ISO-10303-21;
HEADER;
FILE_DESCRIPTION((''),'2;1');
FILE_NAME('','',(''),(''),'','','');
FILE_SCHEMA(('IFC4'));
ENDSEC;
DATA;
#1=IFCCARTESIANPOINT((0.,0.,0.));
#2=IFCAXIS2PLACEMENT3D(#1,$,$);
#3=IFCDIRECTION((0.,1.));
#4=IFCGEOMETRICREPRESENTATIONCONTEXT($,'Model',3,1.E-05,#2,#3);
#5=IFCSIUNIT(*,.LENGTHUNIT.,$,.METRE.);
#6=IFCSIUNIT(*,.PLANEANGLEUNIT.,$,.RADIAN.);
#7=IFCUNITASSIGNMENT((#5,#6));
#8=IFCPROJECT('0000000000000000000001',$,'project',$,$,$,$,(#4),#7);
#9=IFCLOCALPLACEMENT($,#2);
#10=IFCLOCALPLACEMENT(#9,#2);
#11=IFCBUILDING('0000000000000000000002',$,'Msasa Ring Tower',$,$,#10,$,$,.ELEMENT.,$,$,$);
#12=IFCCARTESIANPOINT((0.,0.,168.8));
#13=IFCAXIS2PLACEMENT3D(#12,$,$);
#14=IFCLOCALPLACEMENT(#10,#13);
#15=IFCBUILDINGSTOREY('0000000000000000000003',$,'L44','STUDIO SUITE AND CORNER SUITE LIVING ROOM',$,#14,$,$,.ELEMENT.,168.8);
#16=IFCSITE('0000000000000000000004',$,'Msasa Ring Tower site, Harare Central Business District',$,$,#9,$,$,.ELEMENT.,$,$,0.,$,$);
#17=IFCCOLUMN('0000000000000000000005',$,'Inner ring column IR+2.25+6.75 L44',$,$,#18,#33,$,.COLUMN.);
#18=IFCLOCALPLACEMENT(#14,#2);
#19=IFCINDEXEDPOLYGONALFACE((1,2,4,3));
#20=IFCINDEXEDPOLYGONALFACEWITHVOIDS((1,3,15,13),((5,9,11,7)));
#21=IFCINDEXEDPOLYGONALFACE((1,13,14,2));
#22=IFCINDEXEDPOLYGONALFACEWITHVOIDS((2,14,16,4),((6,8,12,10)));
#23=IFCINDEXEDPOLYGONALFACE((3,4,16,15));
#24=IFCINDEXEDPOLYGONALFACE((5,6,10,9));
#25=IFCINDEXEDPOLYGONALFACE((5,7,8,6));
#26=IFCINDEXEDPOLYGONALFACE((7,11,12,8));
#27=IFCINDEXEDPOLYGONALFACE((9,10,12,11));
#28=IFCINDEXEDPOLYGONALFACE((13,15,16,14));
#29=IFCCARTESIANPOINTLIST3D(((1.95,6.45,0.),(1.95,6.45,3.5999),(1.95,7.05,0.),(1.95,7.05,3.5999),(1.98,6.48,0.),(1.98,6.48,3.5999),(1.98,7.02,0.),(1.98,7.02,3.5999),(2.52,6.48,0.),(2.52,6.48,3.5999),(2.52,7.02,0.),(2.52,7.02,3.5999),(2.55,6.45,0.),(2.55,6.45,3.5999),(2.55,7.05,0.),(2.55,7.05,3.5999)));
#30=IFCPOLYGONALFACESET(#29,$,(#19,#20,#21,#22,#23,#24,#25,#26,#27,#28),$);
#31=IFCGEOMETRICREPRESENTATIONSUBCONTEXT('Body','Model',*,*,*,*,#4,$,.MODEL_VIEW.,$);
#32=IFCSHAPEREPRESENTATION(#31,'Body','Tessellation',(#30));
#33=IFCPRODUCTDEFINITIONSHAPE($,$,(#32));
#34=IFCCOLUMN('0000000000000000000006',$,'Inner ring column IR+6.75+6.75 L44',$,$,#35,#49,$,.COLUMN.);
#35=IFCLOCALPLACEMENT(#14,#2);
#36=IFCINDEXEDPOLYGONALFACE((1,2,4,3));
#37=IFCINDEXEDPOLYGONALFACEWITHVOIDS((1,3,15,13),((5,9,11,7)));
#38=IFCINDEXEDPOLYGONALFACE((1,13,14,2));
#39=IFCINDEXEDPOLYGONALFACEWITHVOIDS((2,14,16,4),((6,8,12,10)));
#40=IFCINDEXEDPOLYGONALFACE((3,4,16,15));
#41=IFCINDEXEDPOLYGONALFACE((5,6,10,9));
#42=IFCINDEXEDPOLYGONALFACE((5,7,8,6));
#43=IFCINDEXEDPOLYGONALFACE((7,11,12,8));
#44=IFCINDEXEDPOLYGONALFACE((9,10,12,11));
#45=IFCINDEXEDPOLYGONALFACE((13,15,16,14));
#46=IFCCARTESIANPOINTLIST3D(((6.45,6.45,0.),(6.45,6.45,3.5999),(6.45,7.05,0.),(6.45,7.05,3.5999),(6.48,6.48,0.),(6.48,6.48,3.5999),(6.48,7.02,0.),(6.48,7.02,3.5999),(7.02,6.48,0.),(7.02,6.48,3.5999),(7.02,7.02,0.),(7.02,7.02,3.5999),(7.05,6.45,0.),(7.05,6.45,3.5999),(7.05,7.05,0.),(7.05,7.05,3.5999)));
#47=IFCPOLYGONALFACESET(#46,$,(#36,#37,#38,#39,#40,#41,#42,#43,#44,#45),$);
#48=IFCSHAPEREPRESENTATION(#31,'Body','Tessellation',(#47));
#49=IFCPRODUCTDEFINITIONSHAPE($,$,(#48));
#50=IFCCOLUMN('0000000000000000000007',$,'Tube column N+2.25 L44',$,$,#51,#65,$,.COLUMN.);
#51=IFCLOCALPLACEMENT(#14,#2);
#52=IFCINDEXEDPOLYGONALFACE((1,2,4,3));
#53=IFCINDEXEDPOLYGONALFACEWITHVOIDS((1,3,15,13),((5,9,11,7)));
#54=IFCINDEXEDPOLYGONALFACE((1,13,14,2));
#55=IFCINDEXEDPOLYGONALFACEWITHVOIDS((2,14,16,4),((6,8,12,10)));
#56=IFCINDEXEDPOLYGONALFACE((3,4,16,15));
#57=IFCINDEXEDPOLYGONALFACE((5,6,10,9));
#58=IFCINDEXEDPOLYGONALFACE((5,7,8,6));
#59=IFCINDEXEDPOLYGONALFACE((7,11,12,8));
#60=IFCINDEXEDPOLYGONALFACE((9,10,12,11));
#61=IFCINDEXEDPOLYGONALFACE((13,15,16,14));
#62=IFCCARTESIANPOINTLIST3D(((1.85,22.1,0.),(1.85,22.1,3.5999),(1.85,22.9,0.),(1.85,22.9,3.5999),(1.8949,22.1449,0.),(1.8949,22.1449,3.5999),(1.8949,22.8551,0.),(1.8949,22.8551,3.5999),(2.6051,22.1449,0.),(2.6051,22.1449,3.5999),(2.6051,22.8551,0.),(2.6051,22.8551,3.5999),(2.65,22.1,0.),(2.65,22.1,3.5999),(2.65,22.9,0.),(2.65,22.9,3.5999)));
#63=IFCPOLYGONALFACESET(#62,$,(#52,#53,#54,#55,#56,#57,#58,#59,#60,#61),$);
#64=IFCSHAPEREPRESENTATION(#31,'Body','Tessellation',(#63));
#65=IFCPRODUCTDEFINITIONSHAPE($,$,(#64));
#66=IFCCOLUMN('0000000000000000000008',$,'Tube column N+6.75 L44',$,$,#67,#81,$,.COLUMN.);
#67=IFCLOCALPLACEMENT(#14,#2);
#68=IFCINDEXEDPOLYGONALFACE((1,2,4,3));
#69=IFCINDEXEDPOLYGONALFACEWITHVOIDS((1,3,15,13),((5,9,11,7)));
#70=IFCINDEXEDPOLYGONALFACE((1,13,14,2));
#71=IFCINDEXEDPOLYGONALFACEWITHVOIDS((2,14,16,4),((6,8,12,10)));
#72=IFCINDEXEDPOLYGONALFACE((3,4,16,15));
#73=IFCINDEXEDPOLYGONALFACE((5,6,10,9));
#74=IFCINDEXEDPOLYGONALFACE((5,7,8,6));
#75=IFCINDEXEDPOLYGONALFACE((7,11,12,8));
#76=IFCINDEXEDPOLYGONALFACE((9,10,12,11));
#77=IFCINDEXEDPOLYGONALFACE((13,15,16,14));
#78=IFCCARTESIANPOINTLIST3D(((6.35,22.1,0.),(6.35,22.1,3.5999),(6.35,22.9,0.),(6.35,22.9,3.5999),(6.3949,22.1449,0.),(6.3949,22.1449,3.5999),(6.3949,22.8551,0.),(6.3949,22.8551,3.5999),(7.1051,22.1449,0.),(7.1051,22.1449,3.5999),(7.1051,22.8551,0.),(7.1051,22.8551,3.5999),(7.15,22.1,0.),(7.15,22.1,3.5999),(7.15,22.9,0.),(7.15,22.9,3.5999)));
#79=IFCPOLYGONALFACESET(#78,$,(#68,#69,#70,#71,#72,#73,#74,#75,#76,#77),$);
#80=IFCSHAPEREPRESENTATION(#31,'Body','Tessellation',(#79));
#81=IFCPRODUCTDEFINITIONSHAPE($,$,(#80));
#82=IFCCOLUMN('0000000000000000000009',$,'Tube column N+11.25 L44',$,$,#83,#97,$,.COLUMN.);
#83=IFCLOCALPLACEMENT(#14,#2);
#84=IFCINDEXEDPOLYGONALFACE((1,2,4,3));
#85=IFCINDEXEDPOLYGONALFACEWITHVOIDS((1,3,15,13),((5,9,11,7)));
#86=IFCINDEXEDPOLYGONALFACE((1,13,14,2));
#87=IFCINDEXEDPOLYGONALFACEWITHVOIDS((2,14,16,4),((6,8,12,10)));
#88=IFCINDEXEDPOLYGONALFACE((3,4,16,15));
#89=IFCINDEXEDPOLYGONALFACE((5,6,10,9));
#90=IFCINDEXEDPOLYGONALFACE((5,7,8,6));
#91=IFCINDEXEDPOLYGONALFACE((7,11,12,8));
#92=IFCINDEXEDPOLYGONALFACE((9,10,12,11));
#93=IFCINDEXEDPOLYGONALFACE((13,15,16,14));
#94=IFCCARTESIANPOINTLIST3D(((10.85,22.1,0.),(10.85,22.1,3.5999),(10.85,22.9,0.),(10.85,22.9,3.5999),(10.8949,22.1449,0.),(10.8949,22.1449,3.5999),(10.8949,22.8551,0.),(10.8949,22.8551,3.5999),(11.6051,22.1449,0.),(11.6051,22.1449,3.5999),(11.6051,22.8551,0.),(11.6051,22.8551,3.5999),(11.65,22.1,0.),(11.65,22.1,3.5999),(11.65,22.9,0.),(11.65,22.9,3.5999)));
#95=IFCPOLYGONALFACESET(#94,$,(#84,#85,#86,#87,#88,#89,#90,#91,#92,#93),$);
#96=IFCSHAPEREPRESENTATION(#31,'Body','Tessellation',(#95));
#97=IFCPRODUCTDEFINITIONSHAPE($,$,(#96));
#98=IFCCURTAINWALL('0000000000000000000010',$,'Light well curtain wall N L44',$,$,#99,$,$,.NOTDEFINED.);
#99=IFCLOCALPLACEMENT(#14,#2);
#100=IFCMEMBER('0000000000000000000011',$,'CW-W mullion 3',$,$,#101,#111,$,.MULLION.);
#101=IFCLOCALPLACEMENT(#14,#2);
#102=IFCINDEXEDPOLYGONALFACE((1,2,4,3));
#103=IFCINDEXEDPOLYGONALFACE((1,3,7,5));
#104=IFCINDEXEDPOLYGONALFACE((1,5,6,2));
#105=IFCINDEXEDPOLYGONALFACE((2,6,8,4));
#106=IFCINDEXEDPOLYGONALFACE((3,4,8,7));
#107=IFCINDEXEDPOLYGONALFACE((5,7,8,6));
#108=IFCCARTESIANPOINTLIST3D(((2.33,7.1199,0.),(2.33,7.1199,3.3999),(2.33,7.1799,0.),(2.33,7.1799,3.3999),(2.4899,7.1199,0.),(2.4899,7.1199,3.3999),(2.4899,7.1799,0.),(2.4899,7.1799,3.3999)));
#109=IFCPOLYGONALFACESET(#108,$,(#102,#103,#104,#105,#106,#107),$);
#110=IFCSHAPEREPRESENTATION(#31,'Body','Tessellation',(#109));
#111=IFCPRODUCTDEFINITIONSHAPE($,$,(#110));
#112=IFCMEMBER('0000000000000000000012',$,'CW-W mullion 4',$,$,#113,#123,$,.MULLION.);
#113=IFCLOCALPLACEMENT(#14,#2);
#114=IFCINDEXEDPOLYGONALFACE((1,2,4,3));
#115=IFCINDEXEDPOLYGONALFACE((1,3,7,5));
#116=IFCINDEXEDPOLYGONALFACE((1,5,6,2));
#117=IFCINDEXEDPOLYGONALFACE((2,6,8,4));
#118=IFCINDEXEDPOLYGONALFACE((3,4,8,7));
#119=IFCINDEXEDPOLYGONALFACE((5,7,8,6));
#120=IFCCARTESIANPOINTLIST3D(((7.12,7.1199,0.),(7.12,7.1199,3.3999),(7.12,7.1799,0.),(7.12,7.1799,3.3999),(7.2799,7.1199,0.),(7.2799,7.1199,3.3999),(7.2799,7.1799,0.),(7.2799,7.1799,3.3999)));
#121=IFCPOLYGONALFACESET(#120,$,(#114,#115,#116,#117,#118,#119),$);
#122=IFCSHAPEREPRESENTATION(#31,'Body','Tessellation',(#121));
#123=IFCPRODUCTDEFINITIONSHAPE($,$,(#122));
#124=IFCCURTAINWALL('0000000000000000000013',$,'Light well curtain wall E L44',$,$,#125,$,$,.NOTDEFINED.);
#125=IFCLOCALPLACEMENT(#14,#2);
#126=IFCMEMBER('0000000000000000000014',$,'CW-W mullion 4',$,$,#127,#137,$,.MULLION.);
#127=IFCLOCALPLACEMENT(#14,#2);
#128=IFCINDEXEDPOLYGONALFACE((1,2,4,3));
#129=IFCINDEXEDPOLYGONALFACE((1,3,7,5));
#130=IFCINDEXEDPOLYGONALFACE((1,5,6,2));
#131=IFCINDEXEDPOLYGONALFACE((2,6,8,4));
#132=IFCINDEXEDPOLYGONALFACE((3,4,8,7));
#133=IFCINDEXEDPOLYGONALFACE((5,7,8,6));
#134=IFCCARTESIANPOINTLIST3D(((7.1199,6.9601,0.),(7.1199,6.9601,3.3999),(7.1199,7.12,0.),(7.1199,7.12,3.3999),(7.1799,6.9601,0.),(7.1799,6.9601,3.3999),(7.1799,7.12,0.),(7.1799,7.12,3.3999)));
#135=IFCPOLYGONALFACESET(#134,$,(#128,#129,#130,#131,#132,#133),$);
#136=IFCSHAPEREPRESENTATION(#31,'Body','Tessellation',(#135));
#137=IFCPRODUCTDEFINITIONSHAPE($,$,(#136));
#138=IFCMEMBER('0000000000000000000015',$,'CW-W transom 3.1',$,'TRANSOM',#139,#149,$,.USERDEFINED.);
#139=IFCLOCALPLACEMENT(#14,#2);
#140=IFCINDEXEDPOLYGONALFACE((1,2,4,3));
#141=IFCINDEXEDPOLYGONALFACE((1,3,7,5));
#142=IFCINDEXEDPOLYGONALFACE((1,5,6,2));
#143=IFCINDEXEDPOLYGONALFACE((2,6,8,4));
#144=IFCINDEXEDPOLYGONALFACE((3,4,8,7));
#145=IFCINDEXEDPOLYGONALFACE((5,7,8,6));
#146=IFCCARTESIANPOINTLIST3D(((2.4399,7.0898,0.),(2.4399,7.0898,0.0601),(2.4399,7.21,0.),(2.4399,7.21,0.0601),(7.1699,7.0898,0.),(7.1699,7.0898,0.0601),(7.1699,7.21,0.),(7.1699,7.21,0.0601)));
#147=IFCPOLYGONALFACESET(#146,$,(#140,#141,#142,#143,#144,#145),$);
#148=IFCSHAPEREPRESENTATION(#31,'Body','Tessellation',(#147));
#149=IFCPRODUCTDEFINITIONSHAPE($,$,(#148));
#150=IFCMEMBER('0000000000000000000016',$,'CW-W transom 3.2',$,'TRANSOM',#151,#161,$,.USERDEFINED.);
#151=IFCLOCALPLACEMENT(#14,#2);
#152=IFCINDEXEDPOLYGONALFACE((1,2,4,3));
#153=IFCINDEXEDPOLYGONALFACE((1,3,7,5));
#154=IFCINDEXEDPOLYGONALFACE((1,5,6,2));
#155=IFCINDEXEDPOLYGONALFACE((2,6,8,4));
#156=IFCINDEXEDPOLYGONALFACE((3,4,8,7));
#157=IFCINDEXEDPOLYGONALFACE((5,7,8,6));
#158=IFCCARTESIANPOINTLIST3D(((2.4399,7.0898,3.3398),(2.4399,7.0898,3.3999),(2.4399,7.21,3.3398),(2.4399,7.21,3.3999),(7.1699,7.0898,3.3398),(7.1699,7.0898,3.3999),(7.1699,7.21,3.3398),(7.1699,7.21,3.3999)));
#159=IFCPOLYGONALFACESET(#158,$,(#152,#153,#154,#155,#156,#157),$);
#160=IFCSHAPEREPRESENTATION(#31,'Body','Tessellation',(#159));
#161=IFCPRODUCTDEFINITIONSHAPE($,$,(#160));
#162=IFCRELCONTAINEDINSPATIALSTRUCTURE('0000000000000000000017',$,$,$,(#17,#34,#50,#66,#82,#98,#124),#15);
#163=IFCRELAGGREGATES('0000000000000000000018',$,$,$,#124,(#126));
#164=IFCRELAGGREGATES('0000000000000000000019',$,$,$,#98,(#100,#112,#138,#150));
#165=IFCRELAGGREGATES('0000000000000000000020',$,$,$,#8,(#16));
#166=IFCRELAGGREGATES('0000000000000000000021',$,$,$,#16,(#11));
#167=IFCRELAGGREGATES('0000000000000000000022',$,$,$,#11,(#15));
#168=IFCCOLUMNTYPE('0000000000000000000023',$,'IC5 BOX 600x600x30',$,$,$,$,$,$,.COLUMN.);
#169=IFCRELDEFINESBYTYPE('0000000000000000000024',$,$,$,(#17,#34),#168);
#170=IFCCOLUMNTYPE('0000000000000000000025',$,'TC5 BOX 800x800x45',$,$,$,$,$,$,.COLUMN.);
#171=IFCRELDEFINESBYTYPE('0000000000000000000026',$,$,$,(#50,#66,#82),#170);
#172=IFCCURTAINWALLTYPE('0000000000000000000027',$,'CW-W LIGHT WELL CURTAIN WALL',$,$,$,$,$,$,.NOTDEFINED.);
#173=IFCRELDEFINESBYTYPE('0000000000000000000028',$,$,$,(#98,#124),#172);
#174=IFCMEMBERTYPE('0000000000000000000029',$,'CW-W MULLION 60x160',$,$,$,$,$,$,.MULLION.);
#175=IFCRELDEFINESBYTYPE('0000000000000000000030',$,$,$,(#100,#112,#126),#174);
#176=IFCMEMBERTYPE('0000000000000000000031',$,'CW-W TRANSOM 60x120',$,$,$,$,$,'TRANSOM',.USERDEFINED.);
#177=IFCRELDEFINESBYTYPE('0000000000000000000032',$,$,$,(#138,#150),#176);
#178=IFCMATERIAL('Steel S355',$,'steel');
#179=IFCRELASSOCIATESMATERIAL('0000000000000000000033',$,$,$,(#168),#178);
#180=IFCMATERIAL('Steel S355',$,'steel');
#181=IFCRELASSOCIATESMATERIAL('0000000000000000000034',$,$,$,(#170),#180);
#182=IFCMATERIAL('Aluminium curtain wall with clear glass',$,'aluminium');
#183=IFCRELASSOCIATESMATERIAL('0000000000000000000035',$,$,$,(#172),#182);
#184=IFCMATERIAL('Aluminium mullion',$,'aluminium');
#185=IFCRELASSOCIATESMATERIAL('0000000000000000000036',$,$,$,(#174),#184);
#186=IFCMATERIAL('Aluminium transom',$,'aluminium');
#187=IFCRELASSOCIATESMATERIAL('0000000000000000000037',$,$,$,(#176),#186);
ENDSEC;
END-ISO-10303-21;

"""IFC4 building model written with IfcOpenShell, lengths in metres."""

from ifc_helpers import new_model, si_unit, direction, frame, origin, origin_2d, place, context, subcontext, project, spatial, rectangle, hollow_rectangle, extrude, material, material_profile, profile_set, type_object, element, aggregate, save


model = new_model("IFC4")

# Units and contexts
model_context = context("Model", 3, precision=1e-05, world=origin(), true_north=direction((0.0, 1.0)))
body_context = subcontext(model_context, "Body", "Model", "MODEL_VIEW")
ifc_project = project(units=[si_unit("LENGTHUNIT", "METRE"), si_unit("PLANEANGLEUNIT", "RADIAN")], contexts=[model_context])

# Site, building, storey
site_placement = place(None, origin())
site = spatial("IfcSite", under=ifc_project, at=site_placement, Name="Msasa Ring Tower site, Harare Central Business District", CompositionType="ELEMENT", RefElevation=0.0)
building_placement = place(site_placement, origin())
building = spatial("IfcBuilding", under=site, at=building_placement, Name="Msasa Ring Tower", CompositionType="ELEMENT")
storey_placement = place(building_placement, frame((0.0, 0.0, 168.8)))
storey = spatial("IfcBuildingStorey", under=building, at=storey_placement, Name="L44", Description="STUDIO SUITE AND CORNER SUITE LIVING ROOM", CompositionType="ELEMENT", Elevation=168.8)

# Columns
ifc_material_1 = material(Name="Steel S355", Category="steel")
ifc_material_profile_1 = material_profile(ifc_material_1, hollow_rectangle(XDim=0.6001, YDim=0.6001, WallThickness=0.03, at=origin_2d()), Name="BOX 600x600x30")
ifc_profile_set_1 = profile_set([ifc_material_profile_1], Name="Steel S355")
column_type_1 = type_object("IfcColumnType", Name="IC5 BOX 600x600x30", PredefinedType="COLUMN", material=ifc_profile_set_1)
for number, where, z_axis, x_axis, name in (
    (1, (2.25, 6.75, 0.0), (0.0, 0.0, 1.0), (1.0, 0.0, 0.0), "Inner ring column IR+2.25+6.75 L44"),
    (2, (6.75, 6.75, 0.0), (0.0, 0.0, 1.0), (1.0, 0.0, 0.0), "Inner ring column IR+6.75+6.75 L44"),
):
    element("IfcColumn", number, at=place(storey_placement, frame(where, z_axis=z_axis, x_axis=x_axis)), inside=storey, type_object=column_type_1, Name=name, PredefinedType="COLUMN", context=body_context, shape_type="SweptSolid", body=[
        extrude(hollow_rectangle(XDim=0.6001, YDim=0.6001, WallThickness=0.03, at=origin_2d()), origin(), (0.0, 0.0, 1.0), 3.5999),
    ])
ifc_material_2 = material(Name="Steel S355", Category="steel")
ifc_material_profile_2 = material_profile(ifc_material_2, hollow_rectangle(XDim=0.8, YDim=0.8, WallThickness=0.0449, at=origin_2d()), Name="BOX 800x800x45")
ifc_profile_set_2 = profile_set([ifc_material_profile_2], Name="Steel S355")
column_type_2 = type_object("IfcColumnType", Name="TC5 BOX 800x800x45", PredefinedType="COLUMN", material=ifc_profile_set_2)
for number, where, z_axis, x_axis, name in (
    (3, (2.25, 22.5, 0.0), (0.0, 0.0, 1.0), (0.0, 1.0, 0.0), "Tube column N+2.25 L44"),
    (4, (6.75, 22.5, 0.0), (0.0, 0.0, 1.0), (0.0, 1.0, 0.0), "Tube column N+6.75 L44"),
    (5, (11.25, 22.5, 0.0), (0.0, 0.0, 1.0), (0.0, 1.0, 0.0), "Tube column N+11.25 L44"),
):
    element("IfcColumn", number, at=place(storey_placement, frame(where, z_axis=z_axis, x_axis=x_axis)), inside=storey, type_object=column_type_2, Name=name, PredefinedType="COLUMN", context=body_context, shape_type="SweptSolid", body=[
        extrude(hollow_rectangle(XDim=0.8, YDim=0.8, WallThickness=0.0449, at=origin_2d()), origin(), (0.0, 0.0, 1.0), 3.5999),
    ])

# Curtain wall, members
ifc_material_3 = material(Name="Aluminium curtain wall with clear glass", Category="aluminium")
curtain_wall_type = type_object("IfcCurtainWallType", Name="CW-W LIGHT WELL CURTAIN WALL", PredefinedType="NOTDEFINED", material=ifc_material_3)
curtain_wall_1_placement = place(storey_placement, origin())
curtain_wall_1 = element("IfcCurtainWall", 6, at=curtain_wall_1_placement, inside=storey, type_object=curtain_wall_type, Name="Light well curtain wall N L44", PredefinedType="NOTDEFINED")
ifc_material_4 = material(Name="Aluminium mullion", Category="aluminium")
ifc_material_profile_3 = material_profile(ifc_material_4, rectangle(XDim=0.0601, YDim=0.1599, at=origin_2d()), Name="AL 60x160")
ifc_profile_set_3 = profile_set([ifc_material_profile_3], Name="Aluminium mullion")
member_type_1 = type_object("IfcMemberType", Name="CW-W MULLION 60x160", PredefinedType="MULLION", material=ifc_profile_set_3)
member_1_placement = place(storey_placement, frame((2.4099, 7.1499, 0.0), z_axis=(0.0, 0.0, 1.0), x_axis=(0.0, 1.0, 0.0)))
member_1 = element("IfcMember", 7, at=member_1_placement, type_object=member_type_1, Name="CW-W mullion 3", PredefinedType="MULLION", context=body_context, shape_type="SweptSolid", body=[
    extrude(rectangle(XDim=0.0601, YDim=0.1599, at=origin_2d()), origin(), (0.0, 0.0, 1.0), 3.3999),
])
member_2_placement = place(storey_placement, frame((7.2, 7.1499, 0.0), z_axis=(0.0, 0.0, 1.0), x_axis=(0.0, 1.0, 0.0)))
member_2 = element("IfcMember", 8, at=member_2_placement, type_object=member_type_1, Name="CW-W mullion 4", PredefinedType="MULLION", context=body_context, shape_type="SweptSolid", body=[
    extrude(rectangle(XDim=0.0601, YDim=0.1599, at=origin_2d()), origin(), (0.0, 0.0, 1.0), 3.3999),
])

# Curtain wall, member
curtain_wall_2_placement = place(storey_placement, origin())
curtain_wall_2 = element("IfcCurtainWall", 9, at=curtain_wall_2_placement, inside=storey, type_object=curtain_wall_type, Name="Light well curtain wall E L44", PredefinedType="NOTDEFINED")
member_3_placement = place(storey_placement, frame((7.1499, 7.04, 0.0), z_axis=(0.0, 0.0, 1.0), x_axis=(-1.0, 0.0, 0.0)))
member_3 = element("IfcMember", 10, at=member_3_placement, type_object=member_type_1, Name="CW-W mullion 4", PredefinedType="MULLION", context=body_context, shape_type="SweptSolid", body=[
    extrude(rectangle(XDim=0.0601, YDim=0.1599, at=origin_2d()), origin(), (0.0, 0.0, 1.0), 3.3999),
])
aggregate(curtain_wall_2, [member_3])

# Members
ifc_material_5 = material(Name="Aluminium transom", Category="aluminium")
ifc_material_profile_4 = material_profile(ifc_material_5, rectangle(XDim=0.1201, YDim=0.0601, at=origin_2d()), Name="AL 60x120")
ifc_profile_set_4 = profile_set([ifc_material_profile_4], Name="Aluminium transom")
member_type_2 = type_object("IfcMemberType", Name="CW-W TRANSOM 60x120", ElementType="TRANSOM", PredefinedType="USERDEFINED", material=ifc_profile_set_4)
member_4_placement = place(storey_placement, frame((2.4399, 7.1499, 0.03), z_axis=(1.0, 0.0, 0.0), x_axis=(0.0, 1.0, 0.0)))
member_4 = element("IfcMember", 11, at=member_4_placement, type_object=member_type_2, Name="CW-W transom 3.1", ObjectType="TRANSOM", PredefinedType="USERDEFINED", context=body_context, shape_type="SweptSolid", body=[
    extrude(rectangle(XDim=0.1201, YDim=0.0601, at=origin_2d()), origin(), (0.0, 0.0, 1.0), 4.73),
])
member_5_placement = place(storey_placement, frame((2.4399, 7.1499, 3.3699), z_axis=(1.0, 0.0, 0.0), x_axis=(0.0, 1.0, 0.0)))
member_5 = element("IfcMember", 12, at=member_5_placement, type_object=member_type_2, Name="CW-W transom 3.2", ObjectType="TRANSOM", PredefinedType="USERDEFINED", context=body_context, shape_type="SweptSolid", body=[
    extrude(rectangle(XDim=0.1201, YDim=0.0601, at=origin_2d()), origin(), (0.0, 0.0, 1.0), 4.73),
])

aggregate(curtain_wall_1, [member_1, member_2, member_4, member_5])

save(model, "model.ifc")
